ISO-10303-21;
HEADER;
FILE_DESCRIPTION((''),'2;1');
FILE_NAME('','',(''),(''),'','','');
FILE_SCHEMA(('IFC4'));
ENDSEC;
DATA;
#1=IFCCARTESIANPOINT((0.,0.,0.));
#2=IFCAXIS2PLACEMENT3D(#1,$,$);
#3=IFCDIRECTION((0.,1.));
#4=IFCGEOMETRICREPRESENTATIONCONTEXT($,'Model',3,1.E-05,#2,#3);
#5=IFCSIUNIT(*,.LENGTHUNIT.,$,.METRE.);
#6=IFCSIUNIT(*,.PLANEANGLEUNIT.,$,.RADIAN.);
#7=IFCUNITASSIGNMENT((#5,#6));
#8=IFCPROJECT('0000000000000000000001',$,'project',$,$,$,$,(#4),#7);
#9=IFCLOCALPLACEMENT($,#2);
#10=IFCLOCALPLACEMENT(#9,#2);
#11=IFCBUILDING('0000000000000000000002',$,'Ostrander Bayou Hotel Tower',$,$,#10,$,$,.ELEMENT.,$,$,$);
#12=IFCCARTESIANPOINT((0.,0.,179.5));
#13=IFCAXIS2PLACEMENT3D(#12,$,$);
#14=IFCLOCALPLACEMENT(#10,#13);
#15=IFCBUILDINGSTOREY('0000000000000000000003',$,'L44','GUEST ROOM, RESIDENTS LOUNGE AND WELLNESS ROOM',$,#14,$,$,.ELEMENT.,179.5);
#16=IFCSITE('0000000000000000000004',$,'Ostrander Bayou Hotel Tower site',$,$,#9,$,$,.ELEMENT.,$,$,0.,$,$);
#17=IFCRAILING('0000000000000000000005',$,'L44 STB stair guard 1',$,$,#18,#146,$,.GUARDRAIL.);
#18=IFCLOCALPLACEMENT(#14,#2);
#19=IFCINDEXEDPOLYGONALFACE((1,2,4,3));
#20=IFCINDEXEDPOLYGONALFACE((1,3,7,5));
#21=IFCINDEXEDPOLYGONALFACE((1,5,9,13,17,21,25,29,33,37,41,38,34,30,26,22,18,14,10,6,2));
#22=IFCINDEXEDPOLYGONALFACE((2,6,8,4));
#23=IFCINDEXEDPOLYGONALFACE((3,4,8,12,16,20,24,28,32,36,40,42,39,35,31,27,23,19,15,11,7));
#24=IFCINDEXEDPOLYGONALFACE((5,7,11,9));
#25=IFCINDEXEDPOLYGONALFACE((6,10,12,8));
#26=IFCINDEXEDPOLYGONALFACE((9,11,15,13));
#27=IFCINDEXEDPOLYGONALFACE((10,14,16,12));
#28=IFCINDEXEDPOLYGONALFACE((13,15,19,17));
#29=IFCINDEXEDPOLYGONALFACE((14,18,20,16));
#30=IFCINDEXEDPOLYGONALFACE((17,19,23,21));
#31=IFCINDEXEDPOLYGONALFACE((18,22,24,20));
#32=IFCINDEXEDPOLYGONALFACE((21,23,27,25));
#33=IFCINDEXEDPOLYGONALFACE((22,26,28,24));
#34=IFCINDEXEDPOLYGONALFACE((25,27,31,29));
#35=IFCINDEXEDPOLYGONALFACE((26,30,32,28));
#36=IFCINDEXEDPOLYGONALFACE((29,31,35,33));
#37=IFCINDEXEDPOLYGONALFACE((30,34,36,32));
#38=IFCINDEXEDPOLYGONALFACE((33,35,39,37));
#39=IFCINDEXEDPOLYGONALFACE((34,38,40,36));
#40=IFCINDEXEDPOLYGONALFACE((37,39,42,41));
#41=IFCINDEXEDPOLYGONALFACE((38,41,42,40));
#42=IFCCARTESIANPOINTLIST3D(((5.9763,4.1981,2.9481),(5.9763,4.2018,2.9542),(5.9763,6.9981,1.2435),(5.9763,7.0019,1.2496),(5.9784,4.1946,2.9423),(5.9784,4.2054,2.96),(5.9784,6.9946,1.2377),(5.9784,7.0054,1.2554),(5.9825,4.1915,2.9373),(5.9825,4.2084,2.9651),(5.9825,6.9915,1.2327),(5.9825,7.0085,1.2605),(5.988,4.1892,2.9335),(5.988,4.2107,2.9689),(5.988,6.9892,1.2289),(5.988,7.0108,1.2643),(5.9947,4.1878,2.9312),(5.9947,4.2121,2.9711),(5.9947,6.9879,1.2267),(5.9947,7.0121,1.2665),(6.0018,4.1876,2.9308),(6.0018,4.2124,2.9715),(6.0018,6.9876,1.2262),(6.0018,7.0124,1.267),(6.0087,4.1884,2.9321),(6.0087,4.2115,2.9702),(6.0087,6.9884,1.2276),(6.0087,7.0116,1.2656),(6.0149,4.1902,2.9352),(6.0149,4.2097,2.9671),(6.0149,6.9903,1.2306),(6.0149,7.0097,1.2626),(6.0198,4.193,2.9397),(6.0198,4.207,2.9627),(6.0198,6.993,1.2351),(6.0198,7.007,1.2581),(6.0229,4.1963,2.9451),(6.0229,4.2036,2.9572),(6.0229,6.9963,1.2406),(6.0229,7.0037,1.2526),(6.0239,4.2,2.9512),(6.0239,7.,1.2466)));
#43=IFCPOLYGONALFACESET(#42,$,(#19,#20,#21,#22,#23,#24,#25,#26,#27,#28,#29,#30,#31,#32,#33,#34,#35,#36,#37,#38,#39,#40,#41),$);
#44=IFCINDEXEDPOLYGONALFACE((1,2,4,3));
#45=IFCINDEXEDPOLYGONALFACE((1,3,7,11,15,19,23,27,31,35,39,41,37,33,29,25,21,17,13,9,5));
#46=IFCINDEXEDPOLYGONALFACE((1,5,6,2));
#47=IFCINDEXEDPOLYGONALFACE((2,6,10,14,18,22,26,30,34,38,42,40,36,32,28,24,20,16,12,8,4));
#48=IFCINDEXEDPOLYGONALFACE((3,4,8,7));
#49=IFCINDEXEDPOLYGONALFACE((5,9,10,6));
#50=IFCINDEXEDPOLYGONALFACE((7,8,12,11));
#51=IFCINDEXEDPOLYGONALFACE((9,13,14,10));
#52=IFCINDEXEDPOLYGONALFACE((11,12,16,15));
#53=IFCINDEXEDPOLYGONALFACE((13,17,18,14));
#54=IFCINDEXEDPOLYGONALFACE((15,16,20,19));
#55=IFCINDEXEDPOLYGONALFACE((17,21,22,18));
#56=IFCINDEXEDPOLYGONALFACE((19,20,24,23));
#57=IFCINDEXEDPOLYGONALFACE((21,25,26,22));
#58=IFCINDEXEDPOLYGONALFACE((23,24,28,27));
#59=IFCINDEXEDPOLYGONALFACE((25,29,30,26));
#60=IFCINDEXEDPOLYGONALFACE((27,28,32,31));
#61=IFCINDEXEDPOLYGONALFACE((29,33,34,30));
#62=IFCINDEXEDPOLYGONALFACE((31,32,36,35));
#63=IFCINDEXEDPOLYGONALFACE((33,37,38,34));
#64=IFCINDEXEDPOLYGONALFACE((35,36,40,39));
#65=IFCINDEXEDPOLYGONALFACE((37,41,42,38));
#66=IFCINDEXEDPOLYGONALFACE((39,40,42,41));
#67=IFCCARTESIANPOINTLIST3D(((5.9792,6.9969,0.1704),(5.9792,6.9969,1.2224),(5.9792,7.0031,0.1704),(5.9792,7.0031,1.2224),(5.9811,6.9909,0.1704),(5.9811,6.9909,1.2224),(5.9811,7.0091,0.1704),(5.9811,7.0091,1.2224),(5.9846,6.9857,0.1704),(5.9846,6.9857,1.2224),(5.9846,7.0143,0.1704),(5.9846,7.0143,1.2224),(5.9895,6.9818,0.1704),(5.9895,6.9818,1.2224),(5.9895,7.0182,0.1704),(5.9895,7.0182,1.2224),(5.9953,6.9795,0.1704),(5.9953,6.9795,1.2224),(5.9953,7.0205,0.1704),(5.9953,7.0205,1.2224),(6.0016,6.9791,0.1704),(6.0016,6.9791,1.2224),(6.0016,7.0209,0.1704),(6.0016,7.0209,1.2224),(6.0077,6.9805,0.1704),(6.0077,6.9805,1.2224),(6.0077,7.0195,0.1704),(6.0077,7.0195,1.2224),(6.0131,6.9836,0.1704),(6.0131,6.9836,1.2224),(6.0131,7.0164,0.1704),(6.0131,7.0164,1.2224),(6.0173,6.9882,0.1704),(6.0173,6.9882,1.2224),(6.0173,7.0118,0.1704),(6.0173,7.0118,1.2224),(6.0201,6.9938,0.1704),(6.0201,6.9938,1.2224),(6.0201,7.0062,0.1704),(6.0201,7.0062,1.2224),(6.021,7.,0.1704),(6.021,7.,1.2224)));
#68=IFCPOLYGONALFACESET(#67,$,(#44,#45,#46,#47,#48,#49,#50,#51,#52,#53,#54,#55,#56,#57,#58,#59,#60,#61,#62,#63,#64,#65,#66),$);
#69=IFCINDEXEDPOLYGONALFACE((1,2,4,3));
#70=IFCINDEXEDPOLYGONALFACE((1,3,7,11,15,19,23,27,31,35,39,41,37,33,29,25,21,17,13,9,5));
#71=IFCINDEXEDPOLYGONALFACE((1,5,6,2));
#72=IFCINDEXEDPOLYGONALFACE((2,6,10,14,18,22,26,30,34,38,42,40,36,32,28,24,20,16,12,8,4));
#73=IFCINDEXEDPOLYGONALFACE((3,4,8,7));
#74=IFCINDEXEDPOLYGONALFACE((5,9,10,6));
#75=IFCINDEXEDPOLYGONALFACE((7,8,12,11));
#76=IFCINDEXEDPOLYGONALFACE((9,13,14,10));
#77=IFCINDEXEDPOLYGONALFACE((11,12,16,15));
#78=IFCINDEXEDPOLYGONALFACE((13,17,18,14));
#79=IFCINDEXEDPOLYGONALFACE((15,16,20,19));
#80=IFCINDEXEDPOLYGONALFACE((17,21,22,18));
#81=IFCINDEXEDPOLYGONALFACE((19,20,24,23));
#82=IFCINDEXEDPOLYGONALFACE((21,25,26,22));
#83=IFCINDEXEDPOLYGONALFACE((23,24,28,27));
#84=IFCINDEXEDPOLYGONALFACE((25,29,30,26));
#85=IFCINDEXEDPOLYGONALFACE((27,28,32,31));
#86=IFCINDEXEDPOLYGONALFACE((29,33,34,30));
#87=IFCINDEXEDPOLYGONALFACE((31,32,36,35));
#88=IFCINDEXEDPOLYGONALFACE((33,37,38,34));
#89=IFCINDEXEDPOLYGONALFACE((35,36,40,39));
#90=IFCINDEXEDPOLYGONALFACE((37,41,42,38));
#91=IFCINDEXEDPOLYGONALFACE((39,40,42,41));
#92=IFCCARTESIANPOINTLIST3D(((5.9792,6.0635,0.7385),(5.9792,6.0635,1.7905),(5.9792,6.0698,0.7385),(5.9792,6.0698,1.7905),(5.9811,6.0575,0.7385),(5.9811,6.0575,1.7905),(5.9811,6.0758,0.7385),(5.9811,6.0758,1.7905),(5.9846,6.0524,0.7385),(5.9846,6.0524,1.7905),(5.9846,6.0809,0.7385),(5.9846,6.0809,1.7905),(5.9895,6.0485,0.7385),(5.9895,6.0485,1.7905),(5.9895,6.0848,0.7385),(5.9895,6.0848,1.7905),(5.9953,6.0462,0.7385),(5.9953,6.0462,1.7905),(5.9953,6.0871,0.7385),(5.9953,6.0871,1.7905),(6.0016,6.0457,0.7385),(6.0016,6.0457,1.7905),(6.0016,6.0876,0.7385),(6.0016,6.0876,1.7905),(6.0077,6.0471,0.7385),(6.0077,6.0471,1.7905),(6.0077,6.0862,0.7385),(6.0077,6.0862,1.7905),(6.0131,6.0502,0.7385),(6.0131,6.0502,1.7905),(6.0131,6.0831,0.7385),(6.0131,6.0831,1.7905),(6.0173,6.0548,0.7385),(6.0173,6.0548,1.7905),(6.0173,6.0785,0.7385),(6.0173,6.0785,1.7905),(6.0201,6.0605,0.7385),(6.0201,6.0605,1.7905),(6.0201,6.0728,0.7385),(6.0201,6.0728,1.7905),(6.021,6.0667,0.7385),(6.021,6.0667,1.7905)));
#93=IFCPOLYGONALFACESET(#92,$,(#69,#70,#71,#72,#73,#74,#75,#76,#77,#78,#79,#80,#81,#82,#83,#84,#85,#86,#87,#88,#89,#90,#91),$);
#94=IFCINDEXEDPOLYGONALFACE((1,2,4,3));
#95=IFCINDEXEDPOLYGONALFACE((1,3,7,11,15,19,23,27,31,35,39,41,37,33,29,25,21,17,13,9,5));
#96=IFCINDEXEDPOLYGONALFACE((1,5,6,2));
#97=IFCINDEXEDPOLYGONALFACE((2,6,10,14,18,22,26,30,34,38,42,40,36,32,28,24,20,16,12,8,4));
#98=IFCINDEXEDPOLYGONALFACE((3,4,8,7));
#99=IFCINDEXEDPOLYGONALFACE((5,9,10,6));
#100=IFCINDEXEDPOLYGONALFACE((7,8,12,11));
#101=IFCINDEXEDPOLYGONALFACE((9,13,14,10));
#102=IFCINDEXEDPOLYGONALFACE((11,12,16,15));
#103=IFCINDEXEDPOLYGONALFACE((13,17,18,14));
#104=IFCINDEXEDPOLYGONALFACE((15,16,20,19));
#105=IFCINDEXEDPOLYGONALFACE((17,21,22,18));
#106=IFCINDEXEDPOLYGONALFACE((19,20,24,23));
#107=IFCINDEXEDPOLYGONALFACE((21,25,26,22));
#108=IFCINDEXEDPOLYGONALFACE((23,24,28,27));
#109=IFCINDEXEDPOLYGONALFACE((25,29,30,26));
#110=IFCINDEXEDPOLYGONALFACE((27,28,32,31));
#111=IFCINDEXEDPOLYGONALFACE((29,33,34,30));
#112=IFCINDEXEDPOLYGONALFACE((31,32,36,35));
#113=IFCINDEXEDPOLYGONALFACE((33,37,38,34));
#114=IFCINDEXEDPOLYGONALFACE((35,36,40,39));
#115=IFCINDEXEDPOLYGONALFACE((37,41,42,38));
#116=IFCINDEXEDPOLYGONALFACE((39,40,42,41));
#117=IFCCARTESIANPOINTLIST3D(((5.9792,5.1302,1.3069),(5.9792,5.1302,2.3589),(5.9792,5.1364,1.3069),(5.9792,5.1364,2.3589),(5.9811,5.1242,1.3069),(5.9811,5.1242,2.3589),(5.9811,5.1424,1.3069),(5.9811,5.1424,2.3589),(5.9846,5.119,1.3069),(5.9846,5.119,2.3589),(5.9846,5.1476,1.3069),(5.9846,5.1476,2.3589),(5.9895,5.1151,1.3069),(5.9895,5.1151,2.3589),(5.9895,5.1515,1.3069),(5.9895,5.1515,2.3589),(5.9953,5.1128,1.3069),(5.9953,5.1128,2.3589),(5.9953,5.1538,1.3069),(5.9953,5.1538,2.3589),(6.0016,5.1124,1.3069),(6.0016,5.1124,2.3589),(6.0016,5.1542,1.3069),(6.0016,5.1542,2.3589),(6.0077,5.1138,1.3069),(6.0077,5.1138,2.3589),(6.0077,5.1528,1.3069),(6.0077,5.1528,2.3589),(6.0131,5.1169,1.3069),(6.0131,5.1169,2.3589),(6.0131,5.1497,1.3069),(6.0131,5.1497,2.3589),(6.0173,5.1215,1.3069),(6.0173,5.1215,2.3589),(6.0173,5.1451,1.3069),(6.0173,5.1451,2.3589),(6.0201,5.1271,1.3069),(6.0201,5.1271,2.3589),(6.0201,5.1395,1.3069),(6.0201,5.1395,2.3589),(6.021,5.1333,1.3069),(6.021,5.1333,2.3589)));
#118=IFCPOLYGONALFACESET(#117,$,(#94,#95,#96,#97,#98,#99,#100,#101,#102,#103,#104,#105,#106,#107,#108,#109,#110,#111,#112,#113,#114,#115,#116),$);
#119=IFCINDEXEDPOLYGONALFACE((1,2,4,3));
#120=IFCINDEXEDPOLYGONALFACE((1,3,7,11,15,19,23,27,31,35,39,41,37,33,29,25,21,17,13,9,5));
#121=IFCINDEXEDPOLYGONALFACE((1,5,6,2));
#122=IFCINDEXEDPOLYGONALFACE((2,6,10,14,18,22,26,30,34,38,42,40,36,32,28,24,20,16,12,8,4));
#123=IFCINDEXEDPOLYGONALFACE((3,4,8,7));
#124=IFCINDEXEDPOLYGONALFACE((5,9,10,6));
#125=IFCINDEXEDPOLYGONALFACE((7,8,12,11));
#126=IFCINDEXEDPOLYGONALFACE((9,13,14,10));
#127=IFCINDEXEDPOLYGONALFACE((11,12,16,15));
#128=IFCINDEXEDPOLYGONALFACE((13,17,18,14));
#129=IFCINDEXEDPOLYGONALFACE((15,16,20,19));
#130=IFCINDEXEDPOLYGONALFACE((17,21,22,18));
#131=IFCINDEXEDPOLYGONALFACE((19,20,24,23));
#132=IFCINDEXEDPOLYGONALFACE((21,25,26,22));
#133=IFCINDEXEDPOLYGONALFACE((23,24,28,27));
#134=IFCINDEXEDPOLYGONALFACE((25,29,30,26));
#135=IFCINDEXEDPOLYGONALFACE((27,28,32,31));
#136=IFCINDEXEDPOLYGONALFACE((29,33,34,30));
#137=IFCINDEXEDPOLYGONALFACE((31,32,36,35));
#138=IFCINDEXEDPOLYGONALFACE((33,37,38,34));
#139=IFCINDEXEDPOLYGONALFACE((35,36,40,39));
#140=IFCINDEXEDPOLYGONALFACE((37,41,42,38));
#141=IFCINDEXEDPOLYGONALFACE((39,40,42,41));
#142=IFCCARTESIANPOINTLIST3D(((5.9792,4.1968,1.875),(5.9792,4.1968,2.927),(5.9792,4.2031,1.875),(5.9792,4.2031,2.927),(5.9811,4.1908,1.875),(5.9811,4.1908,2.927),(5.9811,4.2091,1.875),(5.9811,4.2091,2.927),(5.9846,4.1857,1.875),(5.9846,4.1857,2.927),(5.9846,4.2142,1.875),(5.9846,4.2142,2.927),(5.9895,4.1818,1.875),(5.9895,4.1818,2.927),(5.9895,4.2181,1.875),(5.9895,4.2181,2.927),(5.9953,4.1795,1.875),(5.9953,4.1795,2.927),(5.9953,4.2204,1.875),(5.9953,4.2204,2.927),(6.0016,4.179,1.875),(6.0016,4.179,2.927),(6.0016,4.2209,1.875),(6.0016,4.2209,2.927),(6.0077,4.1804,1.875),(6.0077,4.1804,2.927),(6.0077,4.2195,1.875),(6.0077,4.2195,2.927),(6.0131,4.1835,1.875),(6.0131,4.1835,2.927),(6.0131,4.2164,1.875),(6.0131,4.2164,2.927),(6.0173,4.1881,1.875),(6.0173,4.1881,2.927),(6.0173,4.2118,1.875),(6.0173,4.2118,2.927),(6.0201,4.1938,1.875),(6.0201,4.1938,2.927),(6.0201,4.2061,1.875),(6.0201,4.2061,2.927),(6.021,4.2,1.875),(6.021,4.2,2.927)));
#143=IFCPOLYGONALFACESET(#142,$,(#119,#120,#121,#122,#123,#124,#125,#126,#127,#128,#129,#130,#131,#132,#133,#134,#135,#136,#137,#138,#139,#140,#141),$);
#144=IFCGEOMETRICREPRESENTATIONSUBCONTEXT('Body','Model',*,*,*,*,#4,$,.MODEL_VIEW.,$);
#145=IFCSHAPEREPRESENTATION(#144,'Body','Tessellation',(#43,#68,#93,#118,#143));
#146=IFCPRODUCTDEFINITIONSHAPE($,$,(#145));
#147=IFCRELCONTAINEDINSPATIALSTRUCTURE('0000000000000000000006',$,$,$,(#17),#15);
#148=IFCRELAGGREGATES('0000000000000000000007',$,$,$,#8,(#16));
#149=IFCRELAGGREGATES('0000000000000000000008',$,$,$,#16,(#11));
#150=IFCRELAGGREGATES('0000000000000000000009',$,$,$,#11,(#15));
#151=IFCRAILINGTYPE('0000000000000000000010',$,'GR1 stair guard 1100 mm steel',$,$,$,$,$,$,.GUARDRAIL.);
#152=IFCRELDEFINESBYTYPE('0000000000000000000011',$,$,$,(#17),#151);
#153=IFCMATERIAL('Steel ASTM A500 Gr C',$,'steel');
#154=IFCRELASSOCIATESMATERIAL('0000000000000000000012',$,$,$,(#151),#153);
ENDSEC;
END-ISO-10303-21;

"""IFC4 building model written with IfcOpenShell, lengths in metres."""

from ifc_helpers import new_model, si_unit, direction, frame, origin, origin_2d, place, context, subcontext, project, spatial, circle, extrude, material, type_object, element, save


model = new_model("IFC4")

# Units and contexts
model_context = context("Model", 3, precision=1e-05, world=origin(), true_north=direction((0.0, 1.0)))
body_context = subcontext(model_context, "Body", "Model", "MODEL_VIEW")
ifc_project = project(units=[si_unit("LENGTHUNIT", "METRE"), si_unit("PLANEANGLEUNIT", "RADIAN")], contexts=[model_context])

# Site, building, storey
site_placement = place(None, origin())
site = spatial("IfcSite", under=ifc_project, at=site_placement, Name="Ostrander Bayou Hotel Tower site", CompositionType="ELEMENT", RefElevation=0.0)
building_placement = place(site_placement, origin())
building = spatial("IfcBuilding", under=site, at=building_placement, Name="Ostrander Bayou Hotel Tower", CompositionType="ELEMENT")
storey_placement = place(building_placement, frame((0.0, 0.0, 179.5)))
storey = spatial("IfcBuildingStorey", under=building, at=storey_placement, Name="L44", Description="GUEST ROOM, RESIDENTS LOUNGE AND WELLNESS ROOM", CompositionType="ELEMENT", Elevation=179.5)

# Railing
ifc_material_1 = material(Name="Steel ASTM A500 Gr C", Category="steel")
railing_type_1 = type_object("IfcRailingType", Name="GR1 stair guard 1100 mm steel", PredefinedType="GUARDRAIL", material=ifc_material_1)
railing_1_placement = place(storey_placement, frame((6.0, 7.0, 0.1704)))
element("IfcRailing", 1, at=railing_1_placement, inside=storey, type_object=railing_type_1, Name="L44 STB stair guard 1", PredefinedType="GUARDRAIL", context=body_context, shape_type="SweptSolid", body=[
    extrude(circle(Radius=0.0239, at=origin_2d()), frame((0.0, 0.0, 1.0762), z_axis=(0.0, -0.85417, 0.519994), x_axis=(1.0, 0.0, 0.0)), (0.0, 0.0, 1.0), 3.2781),
    extrude(circle(Radius=0.021, at=origin_2d()), origin(), (0.0, 0.0, 1.0), 1.052),
    extrude(circle(Radius=0.021, at=origin_2d()), frame((0.0, -0.9333, 0.5681)), (0.0, 0.0, 1.0), 1.052),
    extrude(circle(Radius=0.021, at=origin_2d()), frame((0.0, -1.8667, 1.1365)), (0.0, 0.0, 1.0), 1.052),
    extrude(circle(Radius=0.021, at=origin_2d()), frame((0.0, -2.8, 1.7046)), (0.0, 0.0, 1.0), 1.052),
])

save(model, "model.ifc")
